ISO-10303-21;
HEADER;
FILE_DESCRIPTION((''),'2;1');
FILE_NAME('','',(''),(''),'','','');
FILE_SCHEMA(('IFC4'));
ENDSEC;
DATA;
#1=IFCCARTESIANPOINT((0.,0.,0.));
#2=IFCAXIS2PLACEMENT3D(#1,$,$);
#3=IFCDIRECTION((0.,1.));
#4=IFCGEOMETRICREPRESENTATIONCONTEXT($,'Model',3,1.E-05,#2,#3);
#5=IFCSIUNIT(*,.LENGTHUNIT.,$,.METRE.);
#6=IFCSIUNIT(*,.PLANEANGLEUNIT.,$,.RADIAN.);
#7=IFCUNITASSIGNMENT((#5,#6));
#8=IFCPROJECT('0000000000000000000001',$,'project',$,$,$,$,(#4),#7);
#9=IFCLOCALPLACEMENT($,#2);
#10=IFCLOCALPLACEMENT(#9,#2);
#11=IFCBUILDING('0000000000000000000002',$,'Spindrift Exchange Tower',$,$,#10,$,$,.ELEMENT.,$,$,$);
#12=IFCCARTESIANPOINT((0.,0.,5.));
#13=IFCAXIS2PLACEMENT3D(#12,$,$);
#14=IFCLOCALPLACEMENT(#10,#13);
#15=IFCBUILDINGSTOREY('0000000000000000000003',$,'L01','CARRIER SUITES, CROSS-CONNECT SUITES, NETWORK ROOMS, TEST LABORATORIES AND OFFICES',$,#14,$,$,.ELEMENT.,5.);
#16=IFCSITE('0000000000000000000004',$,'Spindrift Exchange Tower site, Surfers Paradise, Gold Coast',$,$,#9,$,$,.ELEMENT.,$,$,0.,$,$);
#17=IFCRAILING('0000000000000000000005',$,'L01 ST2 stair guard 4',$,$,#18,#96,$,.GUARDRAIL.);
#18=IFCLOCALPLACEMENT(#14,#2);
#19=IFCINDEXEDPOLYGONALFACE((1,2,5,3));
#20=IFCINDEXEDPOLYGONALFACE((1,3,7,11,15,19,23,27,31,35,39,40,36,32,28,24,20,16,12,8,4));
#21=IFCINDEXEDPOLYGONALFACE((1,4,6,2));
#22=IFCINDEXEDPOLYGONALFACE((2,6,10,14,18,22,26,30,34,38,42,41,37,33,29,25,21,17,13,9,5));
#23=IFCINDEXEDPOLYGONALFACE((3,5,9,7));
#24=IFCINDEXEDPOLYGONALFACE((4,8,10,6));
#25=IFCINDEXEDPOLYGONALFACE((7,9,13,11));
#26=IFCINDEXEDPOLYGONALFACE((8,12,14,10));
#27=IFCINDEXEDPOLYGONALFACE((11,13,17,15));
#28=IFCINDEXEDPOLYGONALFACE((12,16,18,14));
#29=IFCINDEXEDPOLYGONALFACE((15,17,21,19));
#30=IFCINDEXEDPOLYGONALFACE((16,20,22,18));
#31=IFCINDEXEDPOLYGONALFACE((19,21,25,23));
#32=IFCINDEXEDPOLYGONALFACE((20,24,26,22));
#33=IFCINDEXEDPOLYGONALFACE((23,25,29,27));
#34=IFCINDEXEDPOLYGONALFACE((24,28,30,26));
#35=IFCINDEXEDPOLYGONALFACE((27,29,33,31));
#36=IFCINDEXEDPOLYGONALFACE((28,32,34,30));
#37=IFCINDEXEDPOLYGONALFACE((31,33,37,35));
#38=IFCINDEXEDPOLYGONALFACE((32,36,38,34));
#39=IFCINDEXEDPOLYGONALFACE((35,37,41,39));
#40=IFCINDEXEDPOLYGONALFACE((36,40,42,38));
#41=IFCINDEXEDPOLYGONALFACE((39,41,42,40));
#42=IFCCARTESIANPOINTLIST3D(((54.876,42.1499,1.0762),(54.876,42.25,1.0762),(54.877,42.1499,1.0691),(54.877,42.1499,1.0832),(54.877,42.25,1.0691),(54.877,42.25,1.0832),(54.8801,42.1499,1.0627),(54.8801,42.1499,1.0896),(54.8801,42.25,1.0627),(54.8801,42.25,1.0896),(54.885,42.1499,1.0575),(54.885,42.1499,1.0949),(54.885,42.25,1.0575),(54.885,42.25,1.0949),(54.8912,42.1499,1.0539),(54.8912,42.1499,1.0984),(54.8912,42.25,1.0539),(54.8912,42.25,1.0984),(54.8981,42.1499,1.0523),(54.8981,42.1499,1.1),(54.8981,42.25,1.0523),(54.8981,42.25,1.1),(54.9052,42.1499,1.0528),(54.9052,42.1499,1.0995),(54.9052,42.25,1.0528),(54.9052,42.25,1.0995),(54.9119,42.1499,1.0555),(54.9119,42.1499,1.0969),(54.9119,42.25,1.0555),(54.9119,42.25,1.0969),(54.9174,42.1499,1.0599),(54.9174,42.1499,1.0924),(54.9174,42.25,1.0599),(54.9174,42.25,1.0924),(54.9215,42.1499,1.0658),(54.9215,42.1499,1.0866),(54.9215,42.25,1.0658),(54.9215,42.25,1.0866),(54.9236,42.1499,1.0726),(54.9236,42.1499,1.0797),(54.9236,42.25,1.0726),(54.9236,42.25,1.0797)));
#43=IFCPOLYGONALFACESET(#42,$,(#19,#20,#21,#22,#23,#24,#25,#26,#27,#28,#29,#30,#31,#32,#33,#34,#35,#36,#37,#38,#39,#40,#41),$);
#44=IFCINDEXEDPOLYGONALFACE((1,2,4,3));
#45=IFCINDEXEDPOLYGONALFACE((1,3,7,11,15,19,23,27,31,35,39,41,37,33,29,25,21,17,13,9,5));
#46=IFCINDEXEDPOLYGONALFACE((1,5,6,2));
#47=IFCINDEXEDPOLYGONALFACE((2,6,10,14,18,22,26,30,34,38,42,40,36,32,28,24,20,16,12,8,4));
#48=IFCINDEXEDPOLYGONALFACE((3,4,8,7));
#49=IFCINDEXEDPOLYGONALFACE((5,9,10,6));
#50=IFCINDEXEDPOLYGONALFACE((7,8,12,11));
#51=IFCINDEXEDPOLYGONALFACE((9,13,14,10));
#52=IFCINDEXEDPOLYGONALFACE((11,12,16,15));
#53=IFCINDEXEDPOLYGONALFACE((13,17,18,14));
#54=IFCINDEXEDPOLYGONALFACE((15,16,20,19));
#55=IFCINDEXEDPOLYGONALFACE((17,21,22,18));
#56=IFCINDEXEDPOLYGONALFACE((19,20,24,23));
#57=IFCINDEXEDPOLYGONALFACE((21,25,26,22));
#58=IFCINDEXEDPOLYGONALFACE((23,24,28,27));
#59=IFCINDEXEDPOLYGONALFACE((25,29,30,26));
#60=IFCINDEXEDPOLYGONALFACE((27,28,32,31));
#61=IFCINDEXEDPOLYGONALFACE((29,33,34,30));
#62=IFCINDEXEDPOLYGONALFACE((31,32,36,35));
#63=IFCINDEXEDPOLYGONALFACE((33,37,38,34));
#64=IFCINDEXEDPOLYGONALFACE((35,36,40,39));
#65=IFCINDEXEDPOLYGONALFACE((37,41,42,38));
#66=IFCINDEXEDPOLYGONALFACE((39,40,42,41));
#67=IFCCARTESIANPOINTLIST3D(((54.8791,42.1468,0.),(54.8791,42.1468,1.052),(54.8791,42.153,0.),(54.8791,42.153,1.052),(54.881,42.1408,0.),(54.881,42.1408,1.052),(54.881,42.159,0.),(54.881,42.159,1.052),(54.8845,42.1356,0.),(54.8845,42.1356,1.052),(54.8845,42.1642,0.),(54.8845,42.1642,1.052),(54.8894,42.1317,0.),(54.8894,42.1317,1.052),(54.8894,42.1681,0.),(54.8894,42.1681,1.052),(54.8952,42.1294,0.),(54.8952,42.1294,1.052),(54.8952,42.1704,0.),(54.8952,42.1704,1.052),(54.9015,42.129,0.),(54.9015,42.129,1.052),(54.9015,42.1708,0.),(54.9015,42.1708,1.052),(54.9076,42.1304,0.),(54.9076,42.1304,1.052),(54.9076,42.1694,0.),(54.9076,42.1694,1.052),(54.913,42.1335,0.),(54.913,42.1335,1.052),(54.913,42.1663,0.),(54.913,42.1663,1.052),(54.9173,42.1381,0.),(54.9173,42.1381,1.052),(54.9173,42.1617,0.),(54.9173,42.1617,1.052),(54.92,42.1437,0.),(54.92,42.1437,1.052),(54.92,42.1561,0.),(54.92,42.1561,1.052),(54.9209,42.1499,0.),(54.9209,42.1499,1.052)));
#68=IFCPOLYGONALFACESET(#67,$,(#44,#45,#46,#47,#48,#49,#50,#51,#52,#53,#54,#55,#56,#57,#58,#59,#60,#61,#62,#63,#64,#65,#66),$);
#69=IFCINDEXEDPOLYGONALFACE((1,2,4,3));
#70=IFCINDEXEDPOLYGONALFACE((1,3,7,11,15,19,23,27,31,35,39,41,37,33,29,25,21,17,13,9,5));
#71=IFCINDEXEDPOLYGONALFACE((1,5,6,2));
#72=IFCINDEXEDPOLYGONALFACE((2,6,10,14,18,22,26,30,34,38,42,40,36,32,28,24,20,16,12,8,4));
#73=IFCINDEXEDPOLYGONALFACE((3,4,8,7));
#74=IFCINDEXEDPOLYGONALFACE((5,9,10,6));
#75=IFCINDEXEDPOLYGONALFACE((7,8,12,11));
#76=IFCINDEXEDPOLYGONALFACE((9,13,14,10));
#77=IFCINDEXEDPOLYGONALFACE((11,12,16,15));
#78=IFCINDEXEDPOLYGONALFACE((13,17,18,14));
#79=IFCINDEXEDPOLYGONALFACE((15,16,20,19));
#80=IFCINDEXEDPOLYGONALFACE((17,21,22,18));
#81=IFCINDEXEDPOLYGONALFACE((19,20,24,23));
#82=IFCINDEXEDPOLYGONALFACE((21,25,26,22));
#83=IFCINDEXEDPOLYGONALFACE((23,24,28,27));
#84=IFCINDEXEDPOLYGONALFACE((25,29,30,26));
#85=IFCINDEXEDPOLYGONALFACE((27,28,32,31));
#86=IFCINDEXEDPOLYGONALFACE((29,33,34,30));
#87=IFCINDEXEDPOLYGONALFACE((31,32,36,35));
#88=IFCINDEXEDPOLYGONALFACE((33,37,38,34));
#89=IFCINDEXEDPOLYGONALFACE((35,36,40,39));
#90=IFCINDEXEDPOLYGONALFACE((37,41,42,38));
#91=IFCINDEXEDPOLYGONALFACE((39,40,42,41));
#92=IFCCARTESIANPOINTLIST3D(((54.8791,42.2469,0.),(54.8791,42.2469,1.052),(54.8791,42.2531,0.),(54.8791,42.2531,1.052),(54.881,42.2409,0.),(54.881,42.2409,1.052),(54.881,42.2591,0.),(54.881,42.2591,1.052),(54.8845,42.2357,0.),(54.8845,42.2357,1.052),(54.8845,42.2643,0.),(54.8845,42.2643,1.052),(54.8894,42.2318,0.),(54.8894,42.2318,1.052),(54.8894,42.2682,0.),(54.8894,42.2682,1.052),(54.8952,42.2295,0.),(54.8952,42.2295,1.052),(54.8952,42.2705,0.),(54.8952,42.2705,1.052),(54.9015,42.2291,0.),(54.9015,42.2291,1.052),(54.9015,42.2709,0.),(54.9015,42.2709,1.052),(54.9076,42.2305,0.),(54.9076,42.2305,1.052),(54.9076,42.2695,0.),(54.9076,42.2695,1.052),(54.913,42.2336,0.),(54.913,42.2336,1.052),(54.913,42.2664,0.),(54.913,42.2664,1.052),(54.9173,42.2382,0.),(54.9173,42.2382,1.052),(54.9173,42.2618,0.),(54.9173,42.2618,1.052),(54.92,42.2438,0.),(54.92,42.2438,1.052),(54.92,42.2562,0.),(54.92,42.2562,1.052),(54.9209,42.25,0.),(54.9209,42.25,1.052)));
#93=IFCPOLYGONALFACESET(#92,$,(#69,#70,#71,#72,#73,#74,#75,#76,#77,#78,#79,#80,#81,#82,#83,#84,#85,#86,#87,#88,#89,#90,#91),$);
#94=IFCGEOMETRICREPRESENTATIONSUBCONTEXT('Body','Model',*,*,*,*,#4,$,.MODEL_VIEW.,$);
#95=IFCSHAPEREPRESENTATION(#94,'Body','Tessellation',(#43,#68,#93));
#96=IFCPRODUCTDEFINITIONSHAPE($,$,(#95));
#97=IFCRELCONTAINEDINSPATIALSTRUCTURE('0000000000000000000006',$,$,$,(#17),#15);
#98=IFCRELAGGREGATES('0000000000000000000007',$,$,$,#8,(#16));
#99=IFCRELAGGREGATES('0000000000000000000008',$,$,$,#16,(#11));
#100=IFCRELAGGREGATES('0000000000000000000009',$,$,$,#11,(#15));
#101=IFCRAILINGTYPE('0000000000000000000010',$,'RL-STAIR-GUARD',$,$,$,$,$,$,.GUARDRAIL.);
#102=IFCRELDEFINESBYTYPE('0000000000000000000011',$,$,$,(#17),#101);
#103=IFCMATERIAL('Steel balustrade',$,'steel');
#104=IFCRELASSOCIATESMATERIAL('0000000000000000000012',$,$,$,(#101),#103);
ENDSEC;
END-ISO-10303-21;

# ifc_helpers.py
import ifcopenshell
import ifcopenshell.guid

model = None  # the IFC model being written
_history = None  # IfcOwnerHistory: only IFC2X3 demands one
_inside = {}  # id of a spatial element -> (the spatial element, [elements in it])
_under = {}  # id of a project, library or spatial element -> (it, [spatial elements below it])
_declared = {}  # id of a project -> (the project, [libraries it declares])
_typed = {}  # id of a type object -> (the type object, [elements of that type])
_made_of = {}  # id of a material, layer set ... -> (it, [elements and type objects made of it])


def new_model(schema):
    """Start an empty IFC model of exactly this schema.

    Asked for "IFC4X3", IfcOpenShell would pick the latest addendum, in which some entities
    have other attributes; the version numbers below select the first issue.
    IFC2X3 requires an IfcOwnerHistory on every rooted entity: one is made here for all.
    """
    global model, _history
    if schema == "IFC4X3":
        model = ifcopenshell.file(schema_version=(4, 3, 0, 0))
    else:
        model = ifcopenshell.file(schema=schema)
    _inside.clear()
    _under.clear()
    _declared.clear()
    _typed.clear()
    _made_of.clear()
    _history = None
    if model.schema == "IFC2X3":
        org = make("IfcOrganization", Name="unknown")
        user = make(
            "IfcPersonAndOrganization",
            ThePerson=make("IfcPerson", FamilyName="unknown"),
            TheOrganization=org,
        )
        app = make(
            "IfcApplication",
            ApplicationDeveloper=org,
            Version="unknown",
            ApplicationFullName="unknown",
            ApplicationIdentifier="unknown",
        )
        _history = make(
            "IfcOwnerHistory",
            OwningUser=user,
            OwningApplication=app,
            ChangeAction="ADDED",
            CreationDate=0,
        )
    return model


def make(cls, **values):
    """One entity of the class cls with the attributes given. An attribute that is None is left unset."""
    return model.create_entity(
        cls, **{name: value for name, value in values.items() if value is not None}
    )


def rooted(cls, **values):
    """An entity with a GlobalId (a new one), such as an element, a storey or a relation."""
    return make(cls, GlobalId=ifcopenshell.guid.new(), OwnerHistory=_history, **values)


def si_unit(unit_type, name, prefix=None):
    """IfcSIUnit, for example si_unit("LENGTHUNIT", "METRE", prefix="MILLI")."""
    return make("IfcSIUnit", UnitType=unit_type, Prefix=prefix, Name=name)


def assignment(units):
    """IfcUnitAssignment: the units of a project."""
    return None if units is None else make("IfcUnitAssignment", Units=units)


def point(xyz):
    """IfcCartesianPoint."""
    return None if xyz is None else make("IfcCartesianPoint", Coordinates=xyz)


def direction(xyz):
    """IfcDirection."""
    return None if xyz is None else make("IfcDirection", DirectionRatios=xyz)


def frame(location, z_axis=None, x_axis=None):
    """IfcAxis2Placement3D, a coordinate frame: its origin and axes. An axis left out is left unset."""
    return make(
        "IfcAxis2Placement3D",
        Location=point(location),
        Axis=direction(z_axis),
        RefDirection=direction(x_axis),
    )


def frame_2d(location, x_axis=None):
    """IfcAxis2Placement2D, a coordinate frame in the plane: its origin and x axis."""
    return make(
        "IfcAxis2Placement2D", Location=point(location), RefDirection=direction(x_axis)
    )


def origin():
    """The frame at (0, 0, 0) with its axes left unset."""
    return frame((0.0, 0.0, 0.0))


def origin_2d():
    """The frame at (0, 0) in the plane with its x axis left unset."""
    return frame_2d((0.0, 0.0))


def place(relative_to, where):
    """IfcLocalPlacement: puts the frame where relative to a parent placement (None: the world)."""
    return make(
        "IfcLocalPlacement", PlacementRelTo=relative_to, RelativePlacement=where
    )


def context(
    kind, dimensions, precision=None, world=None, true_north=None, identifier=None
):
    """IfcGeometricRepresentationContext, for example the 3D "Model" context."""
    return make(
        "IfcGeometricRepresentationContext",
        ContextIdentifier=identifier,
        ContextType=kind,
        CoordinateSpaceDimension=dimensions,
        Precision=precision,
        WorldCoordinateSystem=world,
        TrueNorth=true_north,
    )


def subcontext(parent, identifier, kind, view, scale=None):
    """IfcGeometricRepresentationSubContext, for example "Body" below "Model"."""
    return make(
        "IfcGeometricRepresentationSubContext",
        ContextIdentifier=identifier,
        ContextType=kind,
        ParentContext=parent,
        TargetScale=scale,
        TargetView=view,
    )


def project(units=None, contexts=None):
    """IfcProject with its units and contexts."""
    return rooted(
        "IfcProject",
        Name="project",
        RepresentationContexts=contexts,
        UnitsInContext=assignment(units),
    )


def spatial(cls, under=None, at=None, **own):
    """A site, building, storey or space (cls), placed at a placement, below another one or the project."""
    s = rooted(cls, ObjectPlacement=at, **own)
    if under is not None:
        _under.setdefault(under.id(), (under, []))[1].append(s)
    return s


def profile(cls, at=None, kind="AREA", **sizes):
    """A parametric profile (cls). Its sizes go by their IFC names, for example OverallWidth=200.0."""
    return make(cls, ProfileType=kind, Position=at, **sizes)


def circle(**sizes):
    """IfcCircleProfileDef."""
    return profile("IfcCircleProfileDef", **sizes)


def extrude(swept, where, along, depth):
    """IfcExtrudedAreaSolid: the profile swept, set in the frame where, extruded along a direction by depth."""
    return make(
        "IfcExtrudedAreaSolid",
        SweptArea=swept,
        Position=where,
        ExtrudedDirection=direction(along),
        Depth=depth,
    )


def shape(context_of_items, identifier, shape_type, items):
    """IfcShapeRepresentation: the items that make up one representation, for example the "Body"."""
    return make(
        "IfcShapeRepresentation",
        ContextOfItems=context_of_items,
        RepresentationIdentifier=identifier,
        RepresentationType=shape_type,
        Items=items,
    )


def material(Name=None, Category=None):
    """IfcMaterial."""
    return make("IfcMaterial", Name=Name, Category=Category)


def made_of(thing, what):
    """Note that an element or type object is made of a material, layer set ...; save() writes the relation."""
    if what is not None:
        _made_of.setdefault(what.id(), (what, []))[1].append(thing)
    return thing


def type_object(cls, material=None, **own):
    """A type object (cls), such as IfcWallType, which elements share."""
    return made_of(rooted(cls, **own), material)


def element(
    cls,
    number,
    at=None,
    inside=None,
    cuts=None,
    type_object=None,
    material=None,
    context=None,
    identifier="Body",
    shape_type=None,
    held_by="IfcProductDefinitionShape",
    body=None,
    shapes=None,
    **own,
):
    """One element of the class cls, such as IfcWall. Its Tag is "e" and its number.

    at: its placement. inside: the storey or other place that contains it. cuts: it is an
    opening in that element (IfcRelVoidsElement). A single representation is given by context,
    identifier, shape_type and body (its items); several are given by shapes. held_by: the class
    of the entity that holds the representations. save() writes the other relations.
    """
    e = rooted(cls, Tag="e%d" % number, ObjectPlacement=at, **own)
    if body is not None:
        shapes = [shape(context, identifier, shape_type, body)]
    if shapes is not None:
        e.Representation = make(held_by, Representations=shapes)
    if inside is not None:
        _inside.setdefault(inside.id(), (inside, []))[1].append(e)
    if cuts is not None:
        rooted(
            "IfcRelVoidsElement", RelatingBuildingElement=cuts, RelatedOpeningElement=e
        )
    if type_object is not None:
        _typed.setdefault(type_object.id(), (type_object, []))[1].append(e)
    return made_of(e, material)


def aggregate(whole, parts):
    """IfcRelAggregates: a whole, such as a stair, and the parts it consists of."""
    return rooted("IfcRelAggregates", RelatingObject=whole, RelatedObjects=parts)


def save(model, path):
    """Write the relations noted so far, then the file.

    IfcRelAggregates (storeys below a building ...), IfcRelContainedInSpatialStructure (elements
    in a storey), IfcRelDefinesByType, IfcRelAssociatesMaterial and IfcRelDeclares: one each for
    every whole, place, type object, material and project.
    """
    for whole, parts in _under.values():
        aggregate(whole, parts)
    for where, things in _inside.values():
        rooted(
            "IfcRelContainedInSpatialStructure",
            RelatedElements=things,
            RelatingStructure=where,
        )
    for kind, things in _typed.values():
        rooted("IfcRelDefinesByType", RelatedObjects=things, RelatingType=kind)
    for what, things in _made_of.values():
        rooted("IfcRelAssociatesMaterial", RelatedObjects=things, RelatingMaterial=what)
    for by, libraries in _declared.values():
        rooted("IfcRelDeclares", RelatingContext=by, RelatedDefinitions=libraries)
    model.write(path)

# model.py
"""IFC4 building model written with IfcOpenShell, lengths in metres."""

from ifc_helpers import new_model, si_unit, direction, frame, origin, origin_2d, place, context, subcontext, project, spatial, circle, extrude, material, type_object, element, save


model = new_model("IFC4")

# Units and contexts
model_context = context("Model", 3, precision=1e-05, world=origin(), true_north=direction((0.0, 1.0)))
body_context = subcontext(model_context, "Body", "Model", "MODEL_VIEW")
ifc_project = project(units=[si_unit("LENGTHUNIT", "METRE"), si_unit("PLANEANGLEUNIT", "RADIAN")], contexts=[model_context])

# Site, building, storey
site_placement = place(None, origin())
site = spatial("IfcSite", under=ifc_project, at=site_placement, Name="Spindrift Exchange Tower site, Surfers Paradise, Gold Coast", CompositionType="ELEMENT", RefElevation=0.0)
building_placement = place(site_placement, origin())
building = spatial("IfcBuilding", under=site, at=building_placement, Name="Spindrift Exchange Tower", CompositionType="ELEMENT")
storey_placement = place(building_placement, frame((0.0, 0.0, 5.0)))
storey = spatial("IfcBuildingStorey", under=building, at=storey_placement, Name="L01", Description="CARRIER SUITES, CROSS-CONNECT SUITES, NETWORK ROOMS, TEST LABORATORIES AND OFFICES", CompositionType="ELEMENT", Elevation=5.0)

# Railing
ifc_material_1 = material(Name="Steel balustrade", Category="steel")
railing_type_1 = type_object("IfcRailingType", Name="RL-STAIR-GUARD", PredefinedType="GUARDRAIL", material=ifc_material_1)
railing_1_placement = place(storey_placement, frame((54.8999, 42.1499, 0.0)))
element("IfcRailing", 1, at=railing_1_placement, inside=storey, type_object=railing_type_1, Name="L01 ST2 stair guard 4", PredefinedType="GUARDRAIL", context=body_context, shape_type="SweptSolid", body=[
    extrude(circle(Radius=0.0239, at=origin_2d()), frame((0.0, 0.0, 1.0762), z_axis=(0.0, 1.0, 0.0), x_axis=(-1.0, 0.0, 0.0)), (0.0, 0.0, 1.0), 0.1001),
    extrude(circle(Radius=0.021, at=origin_2d()), origin(), (0.0, 0.0, 1.0), 1.052),
    extrude(circle(Radius=0.021, at=origin_2d()), frame((0.0, 0.1001, 0.0)), (0.0, 0.0, 1.0), 1.052),
])

save(model, "model.ifc")
